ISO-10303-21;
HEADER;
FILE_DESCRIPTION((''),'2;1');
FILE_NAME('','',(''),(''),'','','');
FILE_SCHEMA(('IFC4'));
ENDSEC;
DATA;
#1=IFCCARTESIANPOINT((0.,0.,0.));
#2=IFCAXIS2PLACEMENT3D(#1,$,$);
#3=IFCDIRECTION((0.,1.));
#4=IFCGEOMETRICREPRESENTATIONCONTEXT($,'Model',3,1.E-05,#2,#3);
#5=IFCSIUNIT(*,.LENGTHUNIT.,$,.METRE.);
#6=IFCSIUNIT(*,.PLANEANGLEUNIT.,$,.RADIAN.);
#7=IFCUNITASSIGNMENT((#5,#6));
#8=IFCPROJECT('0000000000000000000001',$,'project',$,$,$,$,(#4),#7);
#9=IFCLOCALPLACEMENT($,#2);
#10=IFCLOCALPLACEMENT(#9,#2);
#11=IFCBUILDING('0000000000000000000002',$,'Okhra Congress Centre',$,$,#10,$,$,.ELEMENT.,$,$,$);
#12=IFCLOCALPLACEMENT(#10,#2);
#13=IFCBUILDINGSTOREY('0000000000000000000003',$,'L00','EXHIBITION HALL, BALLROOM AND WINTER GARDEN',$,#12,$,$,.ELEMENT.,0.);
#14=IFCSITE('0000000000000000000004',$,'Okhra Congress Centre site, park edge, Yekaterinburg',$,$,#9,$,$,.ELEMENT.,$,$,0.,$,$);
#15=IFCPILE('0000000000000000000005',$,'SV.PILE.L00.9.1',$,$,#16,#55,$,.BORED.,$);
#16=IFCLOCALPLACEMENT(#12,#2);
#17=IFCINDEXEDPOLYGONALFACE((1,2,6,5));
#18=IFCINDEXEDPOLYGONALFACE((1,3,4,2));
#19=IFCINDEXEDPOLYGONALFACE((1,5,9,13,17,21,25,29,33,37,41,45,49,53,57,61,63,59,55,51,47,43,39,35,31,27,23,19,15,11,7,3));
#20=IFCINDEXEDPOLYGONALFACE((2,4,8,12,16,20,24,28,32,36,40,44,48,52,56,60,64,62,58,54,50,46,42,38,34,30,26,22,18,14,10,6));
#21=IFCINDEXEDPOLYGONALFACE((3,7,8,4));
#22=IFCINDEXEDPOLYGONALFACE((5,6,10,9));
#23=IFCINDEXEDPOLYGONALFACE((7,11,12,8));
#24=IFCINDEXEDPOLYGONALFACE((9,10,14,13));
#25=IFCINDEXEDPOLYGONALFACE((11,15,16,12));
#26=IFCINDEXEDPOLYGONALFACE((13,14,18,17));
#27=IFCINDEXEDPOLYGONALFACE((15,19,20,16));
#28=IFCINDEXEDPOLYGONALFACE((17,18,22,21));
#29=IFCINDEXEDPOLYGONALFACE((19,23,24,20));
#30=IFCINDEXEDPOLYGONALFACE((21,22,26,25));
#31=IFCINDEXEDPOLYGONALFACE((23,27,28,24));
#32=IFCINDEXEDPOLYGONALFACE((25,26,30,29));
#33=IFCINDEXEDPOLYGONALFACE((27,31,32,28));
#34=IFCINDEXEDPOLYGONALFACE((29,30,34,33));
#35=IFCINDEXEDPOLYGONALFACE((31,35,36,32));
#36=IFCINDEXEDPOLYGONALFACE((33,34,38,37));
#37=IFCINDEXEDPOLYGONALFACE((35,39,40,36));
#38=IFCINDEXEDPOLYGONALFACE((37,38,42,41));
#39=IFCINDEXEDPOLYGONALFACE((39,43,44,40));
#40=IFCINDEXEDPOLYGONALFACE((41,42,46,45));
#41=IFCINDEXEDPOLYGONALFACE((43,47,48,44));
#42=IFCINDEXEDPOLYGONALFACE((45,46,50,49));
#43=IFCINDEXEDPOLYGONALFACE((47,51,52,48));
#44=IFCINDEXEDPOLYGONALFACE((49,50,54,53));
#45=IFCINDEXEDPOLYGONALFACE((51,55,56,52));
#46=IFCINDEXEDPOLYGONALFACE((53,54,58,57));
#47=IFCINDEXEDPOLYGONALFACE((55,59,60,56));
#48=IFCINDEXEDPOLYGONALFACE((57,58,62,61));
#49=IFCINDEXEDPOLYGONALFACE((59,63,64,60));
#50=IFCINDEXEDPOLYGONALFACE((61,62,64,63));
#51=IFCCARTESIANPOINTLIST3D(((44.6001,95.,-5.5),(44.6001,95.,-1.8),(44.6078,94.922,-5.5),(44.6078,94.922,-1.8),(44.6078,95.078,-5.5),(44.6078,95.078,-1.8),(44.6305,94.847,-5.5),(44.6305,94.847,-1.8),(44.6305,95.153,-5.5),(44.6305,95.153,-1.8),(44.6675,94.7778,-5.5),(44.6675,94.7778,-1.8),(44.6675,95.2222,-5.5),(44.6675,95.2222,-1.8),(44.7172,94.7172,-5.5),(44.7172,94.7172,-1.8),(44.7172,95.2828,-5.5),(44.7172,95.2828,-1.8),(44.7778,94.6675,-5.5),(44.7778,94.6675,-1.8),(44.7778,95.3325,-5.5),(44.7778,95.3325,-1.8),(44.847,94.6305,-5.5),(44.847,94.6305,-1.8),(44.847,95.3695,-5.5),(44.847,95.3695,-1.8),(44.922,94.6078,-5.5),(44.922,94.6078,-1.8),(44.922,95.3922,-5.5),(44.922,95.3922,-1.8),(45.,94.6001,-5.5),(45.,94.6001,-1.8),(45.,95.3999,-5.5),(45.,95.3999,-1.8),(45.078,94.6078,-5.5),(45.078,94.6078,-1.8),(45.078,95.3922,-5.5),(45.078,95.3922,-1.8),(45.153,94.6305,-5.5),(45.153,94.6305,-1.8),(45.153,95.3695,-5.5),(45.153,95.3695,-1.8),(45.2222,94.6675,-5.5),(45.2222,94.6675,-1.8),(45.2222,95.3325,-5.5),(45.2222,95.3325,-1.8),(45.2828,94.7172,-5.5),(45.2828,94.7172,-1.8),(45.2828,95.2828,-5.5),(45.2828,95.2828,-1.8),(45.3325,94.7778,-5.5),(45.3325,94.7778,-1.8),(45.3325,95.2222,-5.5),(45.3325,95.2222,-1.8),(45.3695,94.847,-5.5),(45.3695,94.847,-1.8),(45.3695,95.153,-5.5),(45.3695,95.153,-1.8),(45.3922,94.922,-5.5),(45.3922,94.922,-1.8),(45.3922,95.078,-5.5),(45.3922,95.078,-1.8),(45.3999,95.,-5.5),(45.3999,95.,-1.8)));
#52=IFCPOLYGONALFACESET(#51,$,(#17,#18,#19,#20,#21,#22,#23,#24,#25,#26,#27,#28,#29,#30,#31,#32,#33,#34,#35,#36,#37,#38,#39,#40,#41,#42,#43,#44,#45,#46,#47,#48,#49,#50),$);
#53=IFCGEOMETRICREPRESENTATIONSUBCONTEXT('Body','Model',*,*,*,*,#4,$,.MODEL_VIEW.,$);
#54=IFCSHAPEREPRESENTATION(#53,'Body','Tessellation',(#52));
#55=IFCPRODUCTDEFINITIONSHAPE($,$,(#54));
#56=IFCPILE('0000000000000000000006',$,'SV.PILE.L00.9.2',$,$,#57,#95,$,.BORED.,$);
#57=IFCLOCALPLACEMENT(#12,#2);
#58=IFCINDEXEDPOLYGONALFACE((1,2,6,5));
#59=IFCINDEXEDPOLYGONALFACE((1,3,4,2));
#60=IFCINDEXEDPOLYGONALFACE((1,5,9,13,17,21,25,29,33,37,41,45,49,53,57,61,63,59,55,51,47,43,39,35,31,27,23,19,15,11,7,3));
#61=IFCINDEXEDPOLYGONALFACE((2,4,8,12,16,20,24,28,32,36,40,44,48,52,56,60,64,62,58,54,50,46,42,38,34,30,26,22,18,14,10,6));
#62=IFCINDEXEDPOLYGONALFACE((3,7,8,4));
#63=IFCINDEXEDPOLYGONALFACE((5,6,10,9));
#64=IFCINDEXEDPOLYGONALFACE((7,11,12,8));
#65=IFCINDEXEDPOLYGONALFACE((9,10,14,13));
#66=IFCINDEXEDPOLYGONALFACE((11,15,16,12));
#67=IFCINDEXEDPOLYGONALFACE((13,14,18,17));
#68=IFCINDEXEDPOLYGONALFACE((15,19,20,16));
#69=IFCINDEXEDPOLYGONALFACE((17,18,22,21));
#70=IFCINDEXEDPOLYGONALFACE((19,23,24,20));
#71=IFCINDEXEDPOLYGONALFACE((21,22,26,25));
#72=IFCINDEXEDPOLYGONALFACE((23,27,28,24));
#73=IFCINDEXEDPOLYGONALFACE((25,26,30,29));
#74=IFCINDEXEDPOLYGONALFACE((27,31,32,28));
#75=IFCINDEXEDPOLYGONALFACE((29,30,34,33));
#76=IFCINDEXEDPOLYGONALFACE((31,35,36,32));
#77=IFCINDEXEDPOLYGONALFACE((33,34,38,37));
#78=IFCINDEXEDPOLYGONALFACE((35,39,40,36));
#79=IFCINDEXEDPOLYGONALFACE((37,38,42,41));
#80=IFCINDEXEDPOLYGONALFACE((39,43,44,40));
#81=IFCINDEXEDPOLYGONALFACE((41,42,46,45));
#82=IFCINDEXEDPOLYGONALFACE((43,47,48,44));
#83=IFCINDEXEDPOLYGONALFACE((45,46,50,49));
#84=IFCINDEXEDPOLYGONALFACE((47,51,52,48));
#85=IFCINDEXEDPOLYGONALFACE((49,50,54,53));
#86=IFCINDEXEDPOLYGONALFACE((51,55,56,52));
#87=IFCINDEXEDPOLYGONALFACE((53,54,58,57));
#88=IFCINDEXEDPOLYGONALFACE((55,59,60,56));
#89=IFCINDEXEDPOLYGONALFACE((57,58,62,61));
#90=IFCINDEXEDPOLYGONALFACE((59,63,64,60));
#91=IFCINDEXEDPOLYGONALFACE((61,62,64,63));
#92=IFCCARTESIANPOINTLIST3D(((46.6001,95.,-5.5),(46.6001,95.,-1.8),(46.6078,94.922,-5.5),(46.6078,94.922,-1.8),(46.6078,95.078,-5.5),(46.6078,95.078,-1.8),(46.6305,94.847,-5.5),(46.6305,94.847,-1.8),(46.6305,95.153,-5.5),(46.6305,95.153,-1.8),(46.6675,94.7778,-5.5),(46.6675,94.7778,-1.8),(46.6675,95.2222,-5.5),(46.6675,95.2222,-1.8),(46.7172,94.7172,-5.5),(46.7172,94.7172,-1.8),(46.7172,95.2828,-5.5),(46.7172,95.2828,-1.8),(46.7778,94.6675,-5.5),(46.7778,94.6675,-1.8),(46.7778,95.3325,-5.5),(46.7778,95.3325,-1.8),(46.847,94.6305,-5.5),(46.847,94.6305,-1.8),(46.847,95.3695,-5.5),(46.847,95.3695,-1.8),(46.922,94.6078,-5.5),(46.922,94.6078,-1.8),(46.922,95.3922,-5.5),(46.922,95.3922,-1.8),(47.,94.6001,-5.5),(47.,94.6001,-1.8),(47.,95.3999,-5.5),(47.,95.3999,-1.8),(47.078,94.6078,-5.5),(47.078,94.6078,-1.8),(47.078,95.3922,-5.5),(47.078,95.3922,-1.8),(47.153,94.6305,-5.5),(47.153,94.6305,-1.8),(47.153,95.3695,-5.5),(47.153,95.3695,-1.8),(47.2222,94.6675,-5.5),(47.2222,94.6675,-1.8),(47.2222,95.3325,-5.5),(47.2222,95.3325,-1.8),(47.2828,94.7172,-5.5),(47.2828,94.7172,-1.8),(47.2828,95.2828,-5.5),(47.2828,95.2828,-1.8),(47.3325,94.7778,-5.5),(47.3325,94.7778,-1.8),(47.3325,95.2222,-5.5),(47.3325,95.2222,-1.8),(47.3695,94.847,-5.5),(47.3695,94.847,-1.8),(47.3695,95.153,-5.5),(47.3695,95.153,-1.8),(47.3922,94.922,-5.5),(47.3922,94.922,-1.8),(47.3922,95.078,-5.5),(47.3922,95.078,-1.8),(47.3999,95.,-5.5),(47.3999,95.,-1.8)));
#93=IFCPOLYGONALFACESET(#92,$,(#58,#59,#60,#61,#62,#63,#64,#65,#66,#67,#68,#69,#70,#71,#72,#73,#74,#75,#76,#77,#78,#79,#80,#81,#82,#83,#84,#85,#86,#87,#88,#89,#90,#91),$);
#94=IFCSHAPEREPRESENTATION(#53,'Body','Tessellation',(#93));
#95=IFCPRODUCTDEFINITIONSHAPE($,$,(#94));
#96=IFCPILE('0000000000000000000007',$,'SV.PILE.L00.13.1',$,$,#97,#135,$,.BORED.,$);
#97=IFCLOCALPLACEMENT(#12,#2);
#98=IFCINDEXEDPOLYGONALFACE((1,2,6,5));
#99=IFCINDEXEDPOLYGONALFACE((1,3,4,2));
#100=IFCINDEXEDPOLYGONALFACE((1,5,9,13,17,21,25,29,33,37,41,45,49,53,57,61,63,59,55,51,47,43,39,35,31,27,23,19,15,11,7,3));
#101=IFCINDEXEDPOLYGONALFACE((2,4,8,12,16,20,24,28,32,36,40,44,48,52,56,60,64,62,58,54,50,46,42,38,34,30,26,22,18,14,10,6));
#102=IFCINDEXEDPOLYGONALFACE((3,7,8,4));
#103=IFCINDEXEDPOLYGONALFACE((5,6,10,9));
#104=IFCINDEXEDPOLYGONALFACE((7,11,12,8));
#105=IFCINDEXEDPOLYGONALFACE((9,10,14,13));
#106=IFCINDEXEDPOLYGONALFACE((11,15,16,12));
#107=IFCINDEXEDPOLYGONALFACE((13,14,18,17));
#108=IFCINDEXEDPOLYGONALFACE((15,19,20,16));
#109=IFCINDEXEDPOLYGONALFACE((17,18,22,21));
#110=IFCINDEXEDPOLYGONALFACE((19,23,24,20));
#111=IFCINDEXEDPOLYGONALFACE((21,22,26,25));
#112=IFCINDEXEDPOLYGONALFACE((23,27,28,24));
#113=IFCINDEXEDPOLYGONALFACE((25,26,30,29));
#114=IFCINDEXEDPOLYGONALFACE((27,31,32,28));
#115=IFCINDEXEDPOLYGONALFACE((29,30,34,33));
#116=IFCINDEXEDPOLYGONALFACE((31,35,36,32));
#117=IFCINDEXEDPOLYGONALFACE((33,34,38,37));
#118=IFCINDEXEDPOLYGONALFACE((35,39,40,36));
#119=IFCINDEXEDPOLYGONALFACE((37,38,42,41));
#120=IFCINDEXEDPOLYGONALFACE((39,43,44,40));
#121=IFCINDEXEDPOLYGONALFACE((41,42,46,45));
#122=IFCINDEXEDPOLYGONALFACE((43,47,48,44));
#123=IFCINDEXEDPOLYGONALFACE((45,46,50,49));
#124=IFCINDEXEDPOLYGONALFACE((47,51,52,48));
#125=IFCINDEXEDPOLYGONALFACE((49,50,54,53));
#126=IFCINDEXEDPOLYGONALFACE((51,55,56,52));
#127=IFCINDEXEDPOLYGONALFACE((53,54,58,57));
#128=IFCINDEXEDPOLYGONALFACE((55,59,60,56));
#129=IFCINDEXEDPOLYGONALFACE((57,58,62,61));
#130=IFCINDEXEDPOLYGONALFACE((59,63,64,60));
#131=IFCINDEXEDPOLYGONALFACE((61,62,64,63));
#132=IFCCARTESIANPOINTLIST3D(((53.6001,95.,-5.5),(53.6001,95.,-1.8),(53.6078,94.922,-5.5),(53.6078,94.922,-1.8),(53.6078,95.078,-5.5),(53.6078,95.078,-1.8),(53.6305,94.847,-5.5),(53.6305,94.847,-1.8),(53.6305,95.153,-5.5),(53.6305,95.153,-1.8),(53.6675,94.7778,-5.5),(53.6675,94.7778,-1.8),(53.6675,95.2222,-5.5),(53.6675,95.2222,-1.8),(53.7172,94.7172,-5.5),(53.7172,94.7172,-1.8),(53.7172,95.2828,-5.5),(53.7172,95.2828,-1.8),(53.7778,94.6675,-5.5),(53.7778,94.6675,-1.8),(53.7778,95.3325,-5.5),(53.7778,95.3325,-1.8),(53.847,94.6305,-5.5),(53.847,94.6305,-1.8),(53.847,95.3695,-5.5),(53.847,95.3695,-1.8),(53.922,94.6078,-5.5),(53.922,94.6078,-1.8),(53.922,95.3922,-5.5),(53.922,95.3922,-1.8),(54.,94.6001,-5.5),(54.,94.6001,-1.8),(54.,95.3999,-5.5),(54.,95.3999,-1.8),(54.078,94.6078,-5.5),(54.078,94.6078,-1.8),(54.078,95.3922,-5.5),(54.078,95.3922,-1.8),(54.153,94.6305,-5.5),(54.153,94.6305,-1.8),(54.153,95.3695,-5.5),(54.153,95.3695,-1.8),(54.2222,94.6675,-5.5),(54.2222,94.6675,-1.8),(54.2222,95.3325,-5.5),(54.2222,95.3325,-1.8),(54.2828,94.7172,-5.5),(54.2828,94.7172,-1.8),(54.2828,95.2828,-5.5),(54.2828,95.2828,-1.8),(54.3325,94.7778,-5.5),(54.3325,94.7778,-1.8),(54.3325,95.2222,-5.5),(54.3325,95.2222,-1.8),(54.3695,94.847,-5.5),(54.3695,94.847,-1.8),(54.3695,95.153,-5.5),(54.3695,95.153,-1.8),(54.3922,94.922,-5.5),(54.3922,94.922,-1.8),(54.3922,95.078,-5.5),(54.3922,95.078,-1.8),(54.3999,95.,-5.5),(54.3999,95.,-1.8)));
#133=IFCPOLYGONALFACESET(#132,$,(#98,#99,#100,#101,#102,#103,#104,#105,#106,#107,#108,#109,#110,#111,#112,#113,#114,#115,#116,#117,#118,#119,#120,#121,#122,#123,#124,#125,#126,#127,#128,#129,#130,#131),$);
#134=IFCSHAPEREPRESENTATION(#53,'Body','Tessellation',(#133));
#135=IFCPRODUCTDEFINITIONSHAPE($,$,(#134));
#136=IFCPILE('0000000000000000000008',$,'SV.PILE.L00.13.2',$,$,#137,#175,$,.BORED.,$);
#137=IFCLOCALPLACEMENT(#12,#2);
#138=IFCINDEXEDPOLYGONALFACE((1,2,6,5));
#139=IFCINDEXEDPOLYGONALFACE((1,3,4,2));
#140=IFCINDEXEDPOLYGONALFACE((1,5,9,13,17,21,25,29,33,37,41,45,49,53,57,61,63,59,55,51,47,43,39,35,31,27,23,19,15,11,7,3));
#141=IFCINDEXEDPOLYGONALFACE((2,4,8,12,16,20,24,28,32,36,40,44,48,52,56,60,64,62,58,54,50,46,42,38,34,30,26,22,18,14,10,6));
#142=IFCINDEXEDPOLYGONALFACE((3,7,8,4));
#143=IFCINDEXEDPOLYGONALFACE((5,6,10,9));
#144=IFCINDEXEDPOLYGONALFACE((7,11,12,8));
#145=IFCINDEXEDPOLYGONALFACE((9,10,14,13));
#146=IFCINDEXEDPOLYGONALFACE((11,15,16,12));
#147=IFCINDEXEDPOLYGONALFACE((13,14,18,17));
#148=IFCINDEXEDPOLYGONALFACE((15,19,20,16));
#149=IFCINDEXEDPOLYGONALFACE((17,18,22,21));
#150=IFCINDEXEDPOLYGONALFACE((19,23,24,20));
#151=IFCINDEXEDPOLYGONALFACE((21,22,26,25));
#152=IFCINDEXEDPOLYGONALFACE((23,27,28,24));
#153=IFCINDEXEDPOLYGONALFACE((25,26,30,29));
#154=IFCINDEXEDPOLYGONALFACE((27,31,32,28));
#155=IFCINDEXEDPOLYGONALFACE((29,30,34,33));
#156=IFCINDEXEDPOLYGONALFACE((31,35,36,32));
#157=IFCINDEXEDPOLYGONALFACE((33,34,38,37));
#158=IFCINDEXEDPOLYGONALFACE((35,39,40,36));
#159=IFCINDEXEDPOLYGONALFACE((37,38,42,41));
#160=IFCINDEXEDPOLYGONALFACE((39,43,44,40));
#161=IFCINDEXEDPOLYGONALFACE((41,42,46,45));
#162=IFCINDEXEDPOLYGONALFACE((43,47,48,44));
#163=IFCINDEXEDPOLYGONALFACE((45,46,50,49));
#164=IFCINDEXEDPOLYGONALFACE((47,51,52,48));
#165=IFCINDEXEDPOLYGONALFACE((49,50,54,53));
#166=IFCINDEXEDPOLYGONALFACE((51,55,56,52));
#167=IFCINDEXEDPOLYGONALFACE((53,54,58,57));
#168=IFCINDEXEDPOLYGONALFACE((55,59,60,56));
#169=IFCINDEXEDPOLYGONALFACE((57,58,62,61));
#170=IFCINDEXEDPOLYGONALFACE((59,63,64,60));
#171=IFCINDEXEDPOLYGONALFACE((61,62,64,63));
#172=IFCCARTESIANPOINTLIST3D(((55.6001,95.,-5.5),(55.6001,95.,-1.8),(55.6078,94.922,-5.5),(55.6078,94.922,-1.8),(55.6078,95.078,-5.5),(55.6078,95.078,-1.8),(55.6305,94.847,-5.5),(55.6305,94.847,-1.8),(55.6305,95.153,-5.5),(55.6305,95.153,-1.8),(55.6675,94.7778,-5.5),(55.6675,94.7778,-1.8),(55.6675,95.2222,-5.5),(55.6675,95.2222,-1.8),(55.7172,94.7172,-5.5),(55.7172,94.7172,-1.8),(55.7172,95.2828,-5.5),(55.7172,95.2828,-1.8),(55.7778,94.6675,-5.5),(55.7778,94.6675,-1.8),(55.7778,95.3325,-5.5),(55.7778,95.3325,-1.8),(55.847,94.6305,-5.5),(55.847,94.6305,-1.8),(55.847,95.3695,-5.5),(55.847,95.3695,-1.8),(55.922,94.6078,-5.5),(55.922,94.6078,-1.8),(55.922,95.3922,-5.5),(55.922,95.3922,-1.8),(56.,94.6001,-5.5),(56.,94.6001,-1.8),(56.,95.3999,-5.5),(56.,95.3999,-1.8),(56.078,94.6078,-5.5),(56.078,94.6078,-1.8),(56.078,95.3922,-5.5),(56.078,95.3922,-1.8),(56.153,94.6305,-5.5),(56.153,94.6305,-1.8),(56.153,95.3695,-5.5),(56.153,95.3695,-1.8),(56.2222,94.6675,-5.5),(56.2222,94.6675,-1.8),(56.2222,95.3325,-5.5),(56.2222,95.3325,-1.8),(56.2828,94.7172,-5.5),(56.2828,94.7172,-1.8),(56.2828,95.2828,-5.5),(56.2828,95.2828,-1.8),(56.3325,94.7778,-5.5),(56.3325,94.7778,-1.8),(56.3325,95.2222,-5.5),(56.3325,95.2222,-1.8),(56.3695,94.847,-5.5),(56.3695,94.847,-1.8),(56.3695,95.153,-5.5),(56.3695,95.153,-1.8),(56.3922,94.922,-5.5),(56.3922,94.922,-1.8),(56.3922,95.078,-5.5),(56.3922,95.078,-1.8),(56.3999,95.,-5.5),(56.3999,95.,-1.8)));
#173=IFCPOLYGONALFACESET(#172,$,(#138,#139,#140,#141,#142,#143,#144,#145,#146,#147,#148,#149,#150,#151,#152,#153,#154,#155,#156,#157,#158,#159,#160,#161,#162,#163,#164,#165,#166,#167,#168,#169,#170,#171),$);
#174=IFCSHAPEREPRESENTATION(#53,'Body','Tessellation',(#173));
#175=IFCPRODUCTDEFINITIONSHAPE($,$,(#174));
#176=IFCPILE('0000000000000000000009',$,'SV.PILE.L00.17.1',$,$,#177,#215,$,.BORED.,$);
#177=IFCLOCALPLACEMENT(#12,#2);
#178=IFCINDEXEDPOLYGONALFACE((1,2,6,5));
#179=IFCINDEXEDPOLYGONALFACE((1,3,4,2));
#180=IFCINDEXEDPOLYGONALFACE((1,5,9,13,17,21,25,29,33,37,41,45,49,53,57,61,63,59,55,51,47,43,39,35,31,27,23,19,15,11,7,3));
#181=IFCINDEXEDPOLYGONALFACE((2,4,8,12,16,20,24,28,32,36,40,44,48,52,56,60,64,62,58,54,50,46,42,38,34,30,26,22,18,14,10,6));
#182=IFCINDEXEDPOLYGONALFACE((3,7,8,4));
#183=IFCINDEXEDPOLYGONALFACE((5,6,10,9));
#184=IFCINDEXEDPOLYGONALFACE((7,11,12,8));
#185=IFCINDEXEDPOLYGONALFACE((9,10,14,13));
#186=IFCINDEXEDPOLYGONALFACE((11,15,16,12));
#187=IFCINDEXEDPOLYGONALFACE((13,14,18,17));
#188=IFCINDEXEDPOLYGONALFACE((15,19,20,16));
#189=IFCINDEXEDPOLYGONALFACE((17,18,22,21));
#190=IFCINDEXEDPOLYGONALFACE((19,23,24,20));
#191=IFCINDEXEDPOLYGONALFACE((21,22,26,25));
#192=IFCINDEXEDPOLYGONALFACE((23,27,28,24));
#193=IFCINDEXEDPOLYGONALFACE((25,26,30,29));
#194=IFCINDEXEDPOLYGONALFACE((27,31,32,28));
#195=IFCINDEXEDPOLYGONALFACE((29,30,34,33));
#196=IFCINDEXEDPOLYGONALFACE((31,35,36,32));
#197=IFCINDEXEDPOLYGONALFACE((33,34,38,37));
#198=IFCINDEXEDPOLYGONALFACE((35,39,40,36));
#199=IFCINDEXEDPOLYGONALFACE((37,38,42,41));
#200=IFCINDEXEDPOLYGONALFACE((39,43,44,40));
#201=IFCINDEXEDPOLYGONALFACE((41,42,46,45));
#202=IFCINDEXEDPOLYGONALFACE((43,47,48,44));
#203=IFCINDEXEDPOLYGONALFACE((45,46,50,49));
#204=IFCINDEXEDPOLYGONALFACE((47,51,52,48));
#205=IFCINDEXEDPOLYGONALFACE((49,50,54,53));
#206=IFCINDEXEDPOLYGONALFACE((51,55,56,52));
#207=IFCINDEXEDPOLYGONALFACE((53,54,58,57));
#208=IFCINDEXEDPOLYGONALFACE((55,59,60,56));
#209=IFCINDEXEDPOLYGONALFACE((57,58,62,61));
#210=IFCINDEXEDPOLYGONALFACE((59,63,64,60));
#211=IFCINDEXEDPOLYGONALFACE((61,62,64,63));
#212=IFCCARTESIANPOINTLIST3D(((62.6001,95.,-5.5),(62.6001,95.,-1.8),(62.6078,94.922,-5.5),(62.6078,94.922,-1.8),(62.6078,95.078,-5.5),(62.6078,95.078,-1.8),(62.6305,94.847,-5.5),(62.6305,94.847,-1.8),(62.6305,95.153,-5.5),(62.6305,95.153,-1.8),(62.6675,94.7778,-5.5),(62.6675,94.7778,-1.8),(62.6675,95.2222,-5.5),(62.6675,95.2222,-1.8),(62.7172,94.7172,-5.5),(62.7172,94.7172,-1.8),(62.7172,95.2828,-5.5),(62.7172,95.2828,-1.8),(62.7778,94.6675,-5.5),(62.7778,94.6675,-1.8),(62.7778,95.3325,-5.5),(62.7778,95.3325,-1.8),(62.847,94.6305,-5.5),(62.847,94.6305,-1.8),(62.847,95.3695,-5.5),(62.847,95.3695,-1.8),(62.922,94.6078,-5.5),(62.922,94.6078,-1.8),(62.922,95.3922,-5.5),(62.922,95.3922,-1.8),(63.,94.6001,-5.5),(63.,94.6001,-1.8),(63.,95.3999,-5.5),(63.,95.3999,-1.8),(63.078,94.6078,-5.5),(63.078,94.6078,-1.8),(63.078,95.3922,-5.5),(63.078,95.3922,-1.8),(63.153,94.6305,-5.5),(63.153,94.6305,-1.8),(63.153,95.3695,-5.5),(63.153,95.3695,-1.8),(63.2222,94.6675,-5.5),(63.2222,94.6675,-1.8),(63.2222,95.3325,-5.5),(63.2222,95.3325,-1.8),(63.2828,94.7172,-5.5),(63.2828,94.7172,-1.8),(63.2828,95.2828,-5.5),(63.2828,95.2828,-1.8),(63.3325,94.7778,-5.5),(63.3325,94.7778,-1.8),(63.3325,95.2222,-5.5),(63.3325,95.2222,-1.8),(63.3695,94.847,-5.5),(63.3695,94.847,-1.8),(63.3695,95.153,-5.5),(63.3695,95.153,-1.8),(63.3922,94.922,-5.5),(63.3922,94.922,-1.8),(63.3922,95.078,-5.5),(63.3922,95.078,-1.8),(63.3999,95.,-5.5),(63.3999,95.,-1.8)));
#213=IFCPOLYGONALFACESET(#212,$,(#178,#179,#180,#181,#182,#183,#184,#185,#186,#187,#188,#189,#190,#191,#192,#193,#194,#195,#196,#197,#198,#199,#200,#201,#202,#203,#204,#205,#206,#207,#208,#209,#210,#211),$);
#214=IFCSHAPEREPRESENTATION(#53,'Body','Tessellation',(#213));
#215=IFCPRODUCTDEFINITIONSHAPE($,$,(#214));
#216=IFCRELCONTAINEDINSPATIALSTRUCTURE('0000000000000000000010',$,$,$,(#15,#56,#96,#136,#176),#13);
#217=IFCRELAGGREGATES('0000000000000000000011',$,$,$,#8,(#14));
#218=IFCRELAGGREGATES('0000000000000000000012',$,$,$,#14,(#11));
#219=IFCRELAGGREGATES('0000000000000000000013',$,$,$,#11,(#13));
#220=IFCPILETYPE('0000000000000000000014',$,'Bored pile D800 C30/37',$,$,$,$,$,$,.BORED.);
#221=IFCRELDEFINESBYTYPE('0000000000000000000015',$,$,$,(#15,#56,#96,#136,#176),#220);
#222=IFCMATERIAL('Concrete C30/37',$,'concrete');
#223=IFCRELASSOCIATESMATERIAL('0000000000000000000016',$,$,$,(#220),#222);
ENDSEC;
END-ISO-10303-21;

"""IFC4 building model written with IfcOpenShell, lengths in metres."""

from ifc_helpers import new_model, si_unit, direction, frame, origin, origin_2d, place, context, subcontext, project, spatial, circle, extrude, material, material_profile, profile_set, type_object, element, save


model = new_model("IFC4")

# Units and contexts
model_context = context("Model", 3, precision=1e-05, world=origin(), true_north=direction((0.0, 1.0)))
body_context = subcontext(model_context, "Body", "Model", "MODEL_VIEW")
ifc_project = project(units=[si_unit("LENGTHUNIT", "METRE"), si_unit("PLANEANGLEUNIT", "RADIAN")], contexts=[model_context])

# Site, building, storey
site_placement = place(None, origin())
site = spatial("IfcSite", under=ifc_project, at=site_placement, Name="Okhra Congress Centre site, park edge, Yekaterinburg", CompositionType="ELEMENT", RefElevation=0.0)
building_placement = place(site_placement, origin())
building = spatial("IfcBuilding", under=site, at=building_placement, Name="Okhra Congress Centre", CompositionType="ELEMENT")
storey_placement = place(building_placement, origin())
storey = spatial("IfcBuildingStorey", under=building, at=storey_placement, Name="L00", Description="EXHIBITION HALL, BALLROOM AND WINTER GARDEN", CompositionType="ELEMENT", Elevation=0.0)

# Piles
ifc_material_1 = material(Name="Concrete C30/37", Category="concrete")
ifc_material_profile_1 = material_profile(ifc_material_1, circle(Radius=0.3999, at=origin_2d()), Name="D800")
ifc_profile_set_1 = profile_set([ifc_material_profile_1], Name="Concrete C30/37")
pile_type = type_object("IfcPileType", Name="Bored pile D800 C30/37", PredefinedType="BORED", material=ifc_profile_set_1)
for number, where, z_axis, x_axis, name in (
    (1, (45.0, 95.0, -1.8), (0.0, 0.0, -1.0), (1.0, 0.0, 0.0), "SV.PILE.L00.9.1"),
    (2, (47.0, 95.0, -1.8), (0.0, 0.0, -1.0), (1.0, 0.0, 0.0), "SV.PILE.L00.9.2"),
    (3, (54.0, 95.0, -1.8), (0.0, 0.0, -1.0), (1.0, 0.0, 0.0), "SV.PILE.L00.13.1"),
    (4, (56.0, 95.0, -1.8), (0.0, 0.0, -1.0), (1.0, 0.0, 0.0), "SV.PILE.L00.13.2"),
    (5, (63.0, 95.0, -1.8), (0.0, 0.0, -1.0), (1.0, 0.0, 0.0), "SV.PILE.L00.17.1"),
):
    element("IfcPile", number, at=place(storey_placement, frame(where, z_axis=z_axis, x_axis=x_axis)), inside=storey, type_object=pile_type, Name=name, PredefinedType="BORED", context=body_context, shape_type="SweptSolid", body=[
        extrude(circle(Radius=0.3999, at=origin_2d()), origin(), (0.0, 0.0, 1.0), 3.7),
    ])

save(model, "model.ifc")
